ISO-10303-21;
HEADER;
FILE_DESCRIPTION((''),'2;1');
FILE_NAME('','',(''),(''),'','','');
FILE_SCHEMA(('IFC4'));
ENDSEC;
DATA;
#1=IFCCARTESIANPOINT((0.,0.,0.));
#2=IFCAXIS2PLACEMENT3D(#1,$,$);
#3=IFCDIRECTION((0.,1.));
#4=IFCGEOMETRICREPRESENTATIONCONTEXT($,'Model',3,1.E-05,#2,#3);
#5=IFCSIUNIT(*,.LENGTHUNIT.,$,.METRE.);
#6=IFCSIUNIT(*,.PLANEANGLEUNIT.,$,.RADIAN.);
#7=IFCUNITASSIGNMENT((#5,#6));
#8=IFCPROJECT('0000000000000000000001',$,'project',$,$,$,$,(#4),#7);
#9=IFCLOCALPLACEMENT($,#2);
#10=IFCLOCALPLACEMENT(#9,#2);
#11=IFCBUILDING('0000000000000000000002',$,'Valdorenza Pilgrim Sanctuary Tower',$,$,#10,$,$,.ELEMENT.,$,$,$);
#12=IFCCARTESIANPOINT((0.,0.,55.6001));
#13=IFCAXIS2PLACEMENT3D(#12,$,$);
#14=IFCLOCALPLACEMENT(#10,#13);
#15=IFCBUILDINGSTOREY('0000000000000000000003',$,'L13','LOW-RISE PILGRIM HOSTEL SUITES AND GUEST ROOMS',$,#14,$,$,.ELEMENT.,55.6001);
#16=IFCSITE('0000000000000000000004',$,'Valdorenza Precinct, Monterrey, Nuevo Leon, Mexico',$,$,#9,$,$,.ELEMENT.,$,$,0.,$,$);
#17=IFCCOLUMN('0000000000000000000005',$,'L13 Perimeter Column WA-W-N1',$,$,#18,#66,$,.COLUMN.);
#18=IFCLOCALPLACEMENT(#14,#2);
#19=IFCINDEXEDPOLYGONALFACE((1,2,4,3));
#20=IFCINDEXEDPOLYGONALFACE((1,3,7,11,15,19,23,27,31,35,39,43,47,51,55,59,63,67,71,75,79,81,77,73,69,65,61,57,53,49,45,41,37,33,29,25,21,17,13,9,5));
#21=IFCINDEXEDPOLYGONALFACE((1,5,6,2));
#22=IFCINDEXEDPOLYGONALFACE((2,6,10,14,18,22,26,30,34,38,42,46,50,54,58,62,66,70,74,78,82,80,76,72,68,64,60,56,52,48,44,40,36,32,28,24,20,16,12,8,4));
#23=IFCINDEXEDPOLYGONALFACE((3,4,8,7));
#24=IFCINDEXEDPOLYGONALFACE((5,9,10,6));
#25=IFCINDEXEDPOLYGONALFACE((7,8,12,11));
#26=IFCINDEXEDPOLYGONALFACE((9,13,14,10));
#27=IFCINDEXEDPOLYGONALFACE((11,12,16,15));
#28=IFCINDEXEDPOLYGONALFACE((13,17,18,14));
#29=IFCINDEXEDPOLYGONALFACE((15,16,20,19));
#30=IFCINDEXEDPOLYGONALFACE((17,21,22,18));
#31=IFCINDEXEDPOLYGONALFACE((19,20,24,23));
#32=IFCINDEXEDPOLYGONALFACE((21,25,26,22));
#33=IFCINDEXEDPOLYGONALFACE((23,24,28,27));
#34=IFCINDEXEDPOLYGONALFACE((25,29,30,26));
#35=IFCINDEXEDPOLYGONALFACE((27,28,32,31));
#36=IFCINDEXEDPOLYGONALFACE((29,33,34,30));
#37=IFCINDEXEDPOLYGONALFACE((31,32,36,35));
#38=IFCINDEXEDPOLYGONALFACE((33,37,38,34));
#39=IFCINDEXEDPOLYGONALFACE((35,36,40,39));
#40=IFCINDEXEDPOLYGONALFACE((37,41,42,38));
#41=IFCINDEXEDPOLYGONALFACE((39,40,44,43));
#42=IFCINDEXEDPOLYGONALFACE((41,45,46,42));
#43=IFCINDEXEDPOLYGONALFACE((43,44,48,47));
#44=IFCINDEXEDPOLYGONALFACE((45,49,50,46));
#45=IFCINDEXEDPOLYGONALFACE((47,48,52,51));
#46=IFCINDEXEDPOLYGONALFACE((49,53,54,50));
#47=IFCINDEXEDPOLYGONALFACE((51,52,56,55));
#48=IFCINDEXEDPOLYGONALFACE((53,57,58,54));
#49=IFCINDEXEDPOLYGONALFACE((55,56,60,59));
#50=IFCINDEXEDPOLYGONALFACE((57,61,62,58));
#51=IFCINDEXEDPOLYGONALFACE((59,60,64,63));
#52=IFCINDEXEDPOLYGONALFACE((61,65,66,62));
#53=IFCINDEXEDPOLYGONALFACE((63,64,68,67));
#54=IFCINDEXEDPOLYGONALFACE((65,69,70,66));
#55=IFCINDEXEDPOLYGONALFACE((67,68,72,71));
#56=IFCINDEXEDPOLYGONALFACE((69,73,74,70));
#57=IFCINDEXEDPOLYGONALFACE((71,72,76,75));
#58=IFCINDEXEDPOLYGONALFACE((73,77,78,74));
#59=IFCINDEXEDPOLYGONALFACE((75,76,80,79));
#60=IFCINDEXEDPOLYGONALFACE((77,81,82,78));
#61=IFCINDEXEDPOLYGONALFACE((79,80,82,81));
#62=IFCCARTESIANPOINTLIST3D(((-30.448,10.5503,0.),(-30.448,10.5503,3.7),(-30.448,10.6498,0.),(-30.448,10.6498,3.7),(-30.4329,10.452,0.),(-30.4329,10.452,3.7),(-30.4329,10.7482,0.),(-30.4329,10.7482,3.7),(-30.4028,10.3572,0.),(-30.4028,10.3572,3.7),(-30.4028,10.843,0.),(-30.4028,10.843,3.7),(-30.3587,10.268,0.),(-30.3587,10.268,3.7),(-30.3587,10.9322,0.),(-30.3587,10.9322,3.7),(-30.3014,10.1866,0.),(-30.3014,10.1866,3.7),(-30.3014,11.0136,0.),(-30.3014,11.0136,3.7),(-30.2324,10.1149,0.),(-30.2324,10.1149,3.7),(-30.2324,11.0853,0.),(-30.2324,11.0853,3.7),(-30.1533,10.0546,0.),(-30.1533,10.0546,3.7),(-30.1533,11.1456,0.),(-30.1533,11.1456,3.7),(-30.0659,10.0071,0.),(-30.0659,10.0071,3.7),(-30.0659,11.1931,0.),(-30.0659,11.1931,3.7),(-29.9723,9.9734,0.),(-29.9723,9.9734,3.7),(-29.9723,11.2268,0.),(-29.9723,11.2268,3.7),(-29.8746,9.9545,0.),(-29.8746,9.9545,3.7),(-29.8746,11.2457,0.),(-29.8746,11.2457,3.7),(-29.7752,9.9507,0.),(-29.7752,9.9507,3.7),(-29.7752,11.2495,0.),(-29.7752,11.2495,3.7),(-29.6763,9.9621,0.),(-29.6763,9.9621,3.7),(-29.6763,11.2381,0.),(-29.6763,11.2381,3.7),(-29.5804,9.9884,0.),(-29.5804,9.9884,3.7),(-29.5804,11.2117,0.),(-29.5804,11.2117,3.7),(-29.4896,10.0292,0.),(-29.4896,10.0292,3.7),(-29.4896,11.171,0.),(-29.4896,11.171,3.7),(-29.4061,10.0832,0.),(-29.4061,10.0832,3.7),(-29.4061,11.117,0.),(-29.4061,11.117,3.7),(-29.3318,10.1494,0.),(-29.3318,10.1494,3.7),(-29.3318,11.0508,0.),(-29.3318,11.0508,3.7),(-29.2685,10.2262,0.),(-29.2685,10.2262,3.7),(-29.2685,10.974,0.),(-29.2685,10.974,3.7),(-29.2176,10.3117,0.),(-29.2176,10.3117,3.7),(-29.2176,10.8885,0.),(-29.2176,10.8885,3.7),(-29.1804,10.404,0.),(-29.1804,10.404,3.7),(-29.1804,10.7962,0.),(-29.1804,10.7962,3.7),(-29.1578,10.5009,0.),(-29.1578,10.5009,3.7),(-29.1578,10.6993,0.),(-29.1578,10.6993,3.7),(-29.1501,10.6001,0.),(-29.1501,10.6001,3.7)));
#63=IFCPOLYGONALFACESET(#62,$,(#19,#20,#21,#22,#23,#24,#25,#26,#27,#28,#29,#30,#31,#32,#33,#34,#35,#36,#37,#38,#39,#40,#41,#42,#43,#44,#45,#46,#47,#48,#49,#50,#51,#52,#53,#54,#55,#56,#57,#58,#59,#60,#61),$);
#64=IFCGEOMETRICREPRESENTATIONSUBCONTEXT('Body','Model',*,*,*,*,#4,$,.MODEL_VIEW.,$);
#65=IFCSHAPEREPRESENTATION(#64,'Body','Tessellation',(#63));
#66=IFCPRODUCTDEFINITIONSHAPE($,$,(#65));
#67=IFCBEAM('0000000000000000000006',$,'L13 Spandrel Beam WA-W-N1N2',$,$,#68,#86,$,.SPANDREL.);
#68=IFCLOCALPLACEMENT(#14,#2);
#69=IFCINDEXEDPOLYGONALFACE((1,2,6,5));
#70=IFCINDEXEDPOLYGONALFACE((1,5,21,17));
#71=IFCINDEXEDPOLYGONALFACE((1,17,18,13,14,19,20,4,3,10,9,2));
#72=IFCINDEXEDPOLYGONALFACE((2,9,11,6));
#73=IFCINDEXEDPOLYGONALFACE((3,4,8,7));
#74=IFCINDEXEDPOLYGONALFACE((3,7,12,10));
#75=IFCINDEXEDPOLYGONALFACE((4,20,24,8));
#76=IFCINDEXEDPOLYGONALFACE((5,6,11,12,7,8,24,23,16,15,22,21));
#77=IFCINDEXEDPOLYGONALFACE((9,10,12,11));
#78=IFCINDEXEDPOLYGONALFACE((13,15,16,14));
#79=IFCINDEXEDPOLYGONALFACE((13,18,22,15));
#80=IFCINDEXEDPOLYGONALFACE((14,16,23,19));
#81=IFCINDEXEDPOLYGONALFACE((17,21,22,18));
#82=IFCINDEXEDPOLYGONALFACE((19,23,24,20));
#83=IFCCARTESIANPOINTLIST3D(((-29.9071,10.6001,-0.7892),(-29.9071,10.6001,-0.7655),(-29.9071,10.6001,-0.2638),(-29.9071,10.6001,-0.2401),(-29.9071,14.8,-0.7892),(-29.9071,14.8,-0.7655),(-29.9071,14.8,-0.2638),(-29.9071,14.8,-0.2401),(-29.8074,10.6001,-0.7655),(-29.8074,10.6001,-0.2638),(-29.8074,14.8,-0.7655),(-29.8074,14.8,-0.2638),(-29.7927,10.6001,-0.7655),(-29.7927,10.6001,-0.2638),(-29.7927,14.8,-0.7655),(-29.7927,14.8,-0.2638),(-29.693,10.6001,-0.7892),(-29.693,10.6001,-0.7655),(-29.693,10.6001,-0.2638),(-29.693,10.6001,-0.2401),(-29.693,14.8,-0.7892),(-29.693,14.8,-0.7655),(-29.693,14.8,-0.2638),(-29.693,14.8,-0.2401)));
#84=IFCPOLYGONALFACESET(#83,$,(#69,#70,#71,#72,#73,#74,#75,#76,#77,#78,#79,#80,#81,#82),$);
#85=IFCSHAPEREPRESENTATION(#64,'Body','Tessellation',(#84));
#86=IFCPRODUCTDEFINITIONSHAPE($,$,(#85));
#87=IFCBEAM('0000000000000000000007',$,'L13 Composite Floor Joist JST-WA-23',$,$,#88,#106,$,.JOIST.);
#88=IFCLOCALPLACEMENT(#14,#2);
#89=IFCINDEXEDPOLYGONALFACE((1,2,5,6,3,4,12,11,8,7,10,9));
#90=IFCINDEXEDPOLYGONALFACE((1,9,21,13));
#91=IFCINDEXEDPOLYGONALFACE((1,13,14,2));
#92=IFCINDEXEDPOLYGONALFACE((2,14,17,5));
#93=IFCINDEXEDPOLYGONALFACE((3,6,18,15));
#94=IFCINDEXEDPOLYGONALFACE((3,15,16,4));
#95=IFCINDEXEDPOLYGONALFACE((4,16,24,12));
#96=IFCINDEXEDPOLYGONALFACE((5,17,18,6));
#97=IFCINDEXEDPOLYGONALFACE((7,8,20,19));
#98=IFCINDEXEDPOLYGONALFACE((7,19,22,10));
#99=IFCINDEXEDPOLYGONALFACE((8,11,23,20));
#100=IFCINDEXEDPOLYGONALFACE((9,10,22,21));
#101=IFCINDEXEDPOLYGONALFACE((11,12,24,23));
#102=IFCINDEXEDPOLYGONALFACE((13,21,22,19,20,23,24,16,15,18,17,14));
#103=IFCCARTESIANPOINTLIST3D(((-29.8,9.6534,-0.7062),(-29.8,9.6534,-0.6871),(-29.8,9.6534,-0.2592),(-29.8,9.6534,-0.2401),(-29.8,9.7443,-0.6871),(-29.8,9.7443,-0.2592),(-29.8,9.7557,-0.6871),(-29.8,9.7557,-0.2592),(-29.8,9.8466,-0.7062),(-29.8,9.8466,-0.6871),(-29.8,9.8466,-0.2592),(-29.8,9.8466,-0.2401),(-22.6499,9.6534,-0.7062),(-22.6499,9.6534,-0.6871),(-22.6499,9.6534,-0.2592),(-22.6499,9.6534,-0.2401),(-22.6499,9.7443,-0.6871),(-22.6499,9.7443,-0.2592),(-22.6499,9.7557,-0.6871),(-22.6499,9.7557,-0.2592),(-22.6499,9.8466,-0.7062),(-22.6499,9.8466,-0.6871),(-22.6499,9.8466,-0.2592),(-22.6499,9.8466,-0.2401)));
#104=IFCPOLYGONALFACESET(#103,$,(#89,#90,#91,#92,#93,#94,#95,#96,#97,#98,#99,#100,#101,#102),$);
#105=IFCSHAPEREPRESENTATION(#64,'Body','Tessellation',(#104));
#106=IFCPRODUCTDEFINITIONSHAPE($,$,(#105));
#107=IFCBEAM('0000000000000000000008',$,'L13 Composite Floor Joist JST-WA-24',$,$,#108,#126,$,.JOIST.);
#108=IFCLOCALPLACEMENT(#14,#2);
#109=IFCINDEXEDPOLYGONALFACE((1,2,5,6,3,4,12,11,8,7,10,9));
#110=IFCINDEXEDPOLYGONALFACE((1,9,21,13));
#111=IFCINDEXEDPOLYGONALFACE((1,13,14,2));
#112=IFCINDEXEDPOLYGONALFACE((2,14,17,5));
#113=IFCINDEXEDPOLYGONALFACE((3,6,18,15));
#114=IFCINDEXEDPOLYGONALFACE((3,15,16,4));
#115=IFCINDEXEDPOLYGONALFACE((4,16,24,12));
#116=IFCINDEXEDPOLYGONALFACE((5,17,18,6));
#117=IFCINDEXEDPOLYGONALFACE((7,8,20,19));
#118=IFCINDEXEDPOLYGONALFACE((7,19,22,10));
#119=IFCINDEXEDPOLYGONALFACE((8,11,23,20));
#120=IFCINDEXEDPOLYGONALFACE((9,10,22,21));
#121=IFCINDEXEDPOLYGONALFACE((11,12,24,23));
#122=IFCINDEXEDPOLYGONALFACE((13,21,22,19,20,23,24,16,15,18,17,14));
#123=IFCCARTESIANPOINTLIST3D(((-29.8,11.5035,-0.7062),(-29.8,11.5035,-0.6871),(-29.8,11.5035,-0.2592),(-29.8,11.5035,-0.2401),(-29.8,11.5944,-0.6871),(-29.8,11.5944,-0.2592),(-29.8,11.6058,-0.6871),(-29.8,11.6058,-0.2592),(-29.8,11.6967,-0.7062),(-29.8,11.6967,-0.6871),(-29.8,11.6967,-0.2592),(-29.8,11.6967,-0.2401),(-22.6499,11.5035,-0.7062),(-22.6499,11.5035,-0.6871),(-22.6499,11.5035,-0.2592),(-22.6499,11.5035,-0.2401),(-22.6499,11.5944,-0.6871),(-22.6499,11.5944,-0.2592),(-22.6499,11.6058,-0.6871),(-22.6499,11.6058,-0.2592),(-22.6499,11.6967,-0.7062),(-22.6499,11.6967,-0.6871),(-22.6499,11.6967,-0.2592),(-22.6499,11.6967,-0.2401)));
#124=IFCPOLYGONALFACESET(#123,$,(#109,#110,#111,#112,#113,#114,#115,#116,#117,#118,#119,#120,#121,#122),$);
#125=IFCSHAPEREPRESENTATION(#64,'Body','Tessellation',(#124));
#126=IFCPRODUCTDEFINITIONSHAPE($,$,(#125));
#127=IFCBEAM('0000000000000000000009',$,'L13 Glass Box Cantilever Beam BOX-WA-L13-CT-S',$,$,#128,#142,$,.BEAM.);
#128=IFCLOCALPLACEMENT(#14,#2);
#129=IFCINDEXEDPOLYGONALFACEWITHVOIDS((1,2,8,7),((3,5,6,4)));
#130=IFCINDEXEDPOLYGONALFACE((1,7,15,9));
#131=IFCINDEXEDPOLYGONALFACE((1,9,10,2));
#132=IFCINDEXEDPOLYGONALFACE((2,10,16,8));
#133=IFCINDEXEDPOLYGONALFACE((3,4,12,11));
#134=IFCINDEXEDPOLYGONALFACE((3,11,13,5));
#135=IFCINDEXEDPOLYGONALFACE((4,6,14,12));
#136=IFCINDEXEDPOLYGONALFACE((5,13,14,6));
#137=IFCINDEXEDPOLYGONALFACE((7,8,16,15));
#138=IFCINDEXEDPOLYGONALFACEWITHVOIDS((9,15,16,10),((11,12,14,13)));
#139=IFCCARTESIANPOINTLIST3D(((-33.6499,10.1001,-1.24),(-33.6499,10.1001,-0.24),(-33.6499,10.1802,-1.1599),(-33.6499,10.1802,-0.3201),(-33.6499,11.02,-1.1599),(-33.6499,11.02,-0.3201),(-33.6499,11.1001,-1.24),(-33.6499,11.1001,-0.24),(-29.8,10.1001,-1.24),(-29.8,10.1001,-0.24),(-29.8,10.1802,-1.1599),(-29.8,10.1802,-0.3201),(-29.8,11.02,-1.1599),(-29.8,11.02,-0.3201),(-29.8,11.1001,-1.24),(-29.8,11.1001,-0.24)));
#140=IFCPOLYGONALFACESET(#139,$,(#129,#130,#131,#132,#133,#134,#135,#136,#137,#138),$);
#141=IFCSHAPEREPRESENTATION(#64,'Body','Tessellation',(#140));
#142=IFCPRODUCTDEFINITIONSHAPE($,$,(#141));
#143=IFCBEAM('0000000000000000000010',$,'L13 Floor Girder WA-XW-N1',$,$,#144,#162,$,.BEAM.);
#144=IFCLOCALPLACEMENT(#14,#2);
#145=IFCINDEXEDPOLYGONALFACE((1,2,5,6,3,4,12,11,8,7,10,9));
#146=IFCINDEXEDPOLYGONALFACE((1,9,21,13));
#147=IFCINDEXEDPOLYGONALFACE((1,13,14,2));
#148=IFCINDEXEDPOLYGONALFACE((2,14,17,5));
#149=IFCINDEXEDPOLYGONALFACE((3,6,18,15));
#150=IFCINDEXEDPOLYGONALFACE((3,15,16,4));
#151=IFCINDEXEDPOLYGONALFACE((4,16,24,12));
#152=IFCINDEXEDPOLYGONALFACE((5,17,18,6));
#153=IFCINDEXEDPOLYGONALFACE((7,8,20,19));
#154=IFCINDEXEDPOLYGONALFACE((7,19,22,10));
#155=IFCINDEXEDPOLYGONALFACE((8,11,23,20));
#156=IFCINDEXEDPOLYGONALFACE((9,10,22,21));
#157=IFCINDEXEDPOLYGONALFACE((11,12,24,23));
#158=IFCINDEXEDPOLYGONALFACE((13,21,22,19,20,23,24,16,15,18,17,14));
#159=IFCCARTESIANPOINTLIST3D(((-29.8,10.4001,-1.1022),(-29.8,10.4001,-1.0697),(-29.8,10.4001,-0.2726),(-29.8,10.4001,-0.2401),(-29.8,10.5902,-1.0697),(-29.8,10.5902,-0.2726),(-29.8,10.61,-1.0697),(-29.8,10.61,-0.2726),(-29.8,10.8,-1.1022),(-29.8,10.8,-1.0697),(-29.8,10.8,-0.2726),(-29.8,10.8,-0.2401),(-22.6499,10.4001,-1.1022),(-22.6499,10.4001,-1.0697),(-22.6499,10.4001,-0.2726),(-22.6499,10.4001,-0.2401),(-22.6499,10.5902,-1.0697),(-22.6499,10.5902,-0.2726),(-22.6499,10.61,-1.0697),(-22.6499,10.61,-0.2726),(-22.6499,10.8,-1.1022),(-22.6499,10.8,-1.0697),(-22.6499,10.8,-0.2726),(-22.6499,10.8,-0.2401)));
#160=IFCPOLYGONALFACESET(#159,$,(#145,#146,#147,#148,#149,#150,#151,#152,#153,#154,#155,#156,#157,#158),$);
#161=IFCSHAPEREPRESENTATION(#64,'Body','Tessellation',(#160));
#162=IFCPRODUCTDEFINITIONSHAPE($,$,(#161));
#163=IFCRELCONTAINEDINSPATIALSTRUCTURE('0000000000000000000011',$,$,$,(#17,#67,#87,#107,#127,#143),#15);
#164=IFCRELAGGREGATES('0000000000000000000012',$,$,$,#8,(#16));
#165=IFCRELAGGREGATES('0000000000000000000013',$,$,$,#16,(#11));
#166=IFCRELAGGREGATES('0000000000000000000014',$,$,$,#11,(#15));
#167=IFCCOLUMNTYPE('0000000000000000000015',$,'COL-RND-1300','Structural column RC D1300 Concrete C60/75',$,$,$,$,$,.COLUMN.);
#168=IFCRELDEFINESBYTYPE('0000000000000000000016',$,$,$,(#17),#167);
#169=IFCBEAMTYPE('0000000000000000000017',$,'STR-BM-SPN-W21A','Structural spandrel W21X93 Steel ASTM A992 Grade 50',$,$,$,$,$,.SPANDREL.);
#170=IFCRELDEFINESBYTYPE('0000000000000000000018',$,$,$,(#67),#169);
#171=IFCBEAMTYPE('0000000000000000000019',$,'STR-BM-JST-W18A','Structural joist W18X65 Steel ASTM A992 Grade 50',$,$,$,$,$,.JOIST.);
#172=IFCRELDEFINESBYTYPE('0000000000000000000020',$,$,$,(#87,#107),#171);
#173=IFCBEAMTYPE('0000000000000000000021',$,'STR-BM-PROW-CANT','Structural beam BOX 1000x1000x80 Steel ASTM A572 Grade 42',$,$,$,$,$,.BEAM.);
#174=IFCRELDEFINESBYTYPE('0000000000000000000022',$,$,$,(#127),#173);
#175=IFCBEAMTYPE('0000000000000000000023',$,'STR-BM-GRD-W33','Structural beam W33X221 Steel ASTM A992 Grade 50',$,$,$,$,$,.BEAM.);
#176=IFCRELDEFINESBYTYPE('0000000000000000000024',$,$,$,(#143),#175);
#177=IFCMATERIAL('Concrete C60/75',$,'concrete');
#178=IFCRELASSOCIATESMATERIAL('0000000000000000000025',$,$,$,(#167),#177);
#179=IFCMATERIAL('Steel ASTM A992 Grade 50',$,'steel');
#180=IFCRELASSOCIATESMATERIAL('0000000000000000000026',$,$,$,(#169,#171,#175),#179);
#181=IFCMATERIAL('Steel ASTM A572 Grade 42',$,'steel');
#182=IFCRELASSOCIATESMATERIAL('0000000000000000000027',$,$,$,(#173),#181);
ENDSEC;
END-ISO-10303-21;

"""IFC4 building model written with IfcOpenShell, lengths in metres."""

from ifc_helpers import new_model, si_unit, direction, frame, origin, origin_2d, place, context, subcontext, project, spatial, hollow_rectangle, circle, i_section, extrude, source, transform, mapped, material, material_profile, profile_set, type_object, element, save


model = new_model("IFC4")

# Units and contexts
model_context = context("Model", 3, precision=1e-05, world=origin(), true_north=direction((0.0, 1.0)))
body_context = subcontext(model_context, "Body", "Model", "MODEL_VIEW")
ifc_project = project(units=[si_unit("LENGTHUNIT", "METRE"), si_unit("PLANEANGLEUNIT", "RADIAN")], contexts=[model_context])

# Site, building, storey
site_placement = place(None, origin())
site = spatial("IfcSite", under=ifc_project, at=site_placement, Name="Valdorenza Precinct, Monterrey, Nuevo Leon, Mexico", CompositionType="ELEMENT", RefElevation=0.0)
building_placement = place(site_placement, origin())
building = spatial("IfcBuilding", under=site, at=building_placement, Name="Valdorenza Pilgrim Sanctuary Tower", CompositionType="ELEMENT")
storey_placement = place(building_placement, frame((0.0, 0.0, 55.6001)))
storey = spatial("IfcBuildingStorey", under=building, at=storey_placement, Name="L13", Description="LOW-RISE PILGRIM HOSTEL SUITES AND GUEST ROOMS", CompositionType="ELEMENT", Elevation=55.6001)

# Column
ifc_material_1 = material(Name="Concrete C60/75", Category="concrete")
ifc_material_profile_1 = material_profile(ifc_material_1, circle(Radius=0.6499, at=origin_2d()), Name="RC D1300")
ifc_profile_set_1 = profile_set([ifc_material_profile_1], Name="Concrete C60/75")
column_type = type_object("IfcColumnType", Name="COL-RND-1300", Description="Structural column RC D1300 Concrete C60/75", PredefinedType="COLUMN", material=ifc_profile_set_1)
shared_shape_1 = source(origin(), body_context, "Body", "SweptSolid", [
    extrude(circle(Radius=0.6499, at=origin_2d()), origin(), (0.0, 0.0, 1.0), 3.7),
])
column_placement = place(storey_placement, frame((-29.8, 10.6001, 0.0), z_axis=(0.0, 0.0, 1.0), x_axis=(1.0, 0.0, 0.0)))
element("IfcColumn", 1, at=column_placement, inside=storey, type_object=column_type, Name="L13 Perimeter Column WA-W-N1", PredefinedType="COLUMN", context=body_context, shape_type="MappedRepresentation", body=[
    mapped(shared_shape_1, transform((0.0, 0.0, 0.0), x_axis=(1.0, 0.0, 0.0), y_axis=(0.0, 1.0, 0.0), z_axis=(0.0, 0.0, 1.0), scale=1.0)),
])

# Beams
ifc_material_2 = material(Name="Steel ASTM A992 Grade 50", Category="steel")
ifc_material_profile_2 = material_profile(ifc_material_2, i_section(OverallWidth=0.2141, OverallDepth=0.5491, WebThickness=0.0146, FlangeThickness=0.0237, at=origin_2d()), Name="W21X93")
ifc_profile_set_2 = profile_set([ifc_material_profile_2], Name="Steel ASTM A992 Grade 50")
beam_type_1 = type_object("IfcBeamType", Name="STR-BM-SPN-W21A", Description="Structural spandrel W21X93 Steel ASTM A992 Grade 50", PredefinedType="SPANDREL", material=ifc_profile_set_2)
shared_shape_2 = source(origin(), body_context, "Body", "SweptSolid", [
    extrude(i_section(OverallWidth=0.2141, OverallDepth=0.5491, WebThickness=0.0146, FlangeThickness=0.0237, at=origin_2d()), origin(), (0.0, 0.0, 1.0), 4.2),
])
beam_1_placement = place(storey_placement, frame((-29.8, 10.6001, -0.5146), z_axis=(0.0, 1.0, 0.0), x_axis=(-1.0, 0.0, 0.0)))
element("IfcBeam", 2, at=beam_1_placement, inside=storey, type_object=beam_type_1, Name="L13 Spandrel Beam WA-W-N1N2", PredefinedType="SPANDREL", context=body_context, shape_type="MappedRepresentation", body=[
    mapped(shared_shape_2, transform((0.0, 0.0, 0.0), x_axis=(1.0, 0.0, 0.0), y_axis=(0.0, 1.0, 0.0), z_axis=(0.0, 0.0, 1.0), scale=1.0)),
])
ifc_material_profile_3 = material_profile(ifc_material_2, i_section(OverallWidth=0.1931, OverallDepth=0.4661, WebThickness=0.0115, FlangeThickness=0.019, at=origin_2d()), Name="W18X65")
ifc_profile_set_3 = profile_set([ifc_material_profile_3], Name="Steel ASTM A992 Grade 50")
beam_type_2 = type_object("IfcBeamType", Name="STR-BM-JST-W18A", Description="Structural joist W18X65 Steel ASTM A992 Grade 50", PredefinedType="JOIST", material=ifc_profile_set_3)
shared_shape_3 = source(origin(), body_context, "Body", "SweptSolid", [
    extrude(i_section(OverallWidth=0.1931, OverallDepth=0.4661, WebThickness=0.0115, FlangeThickness=0.019, at=origin_2d()), origin(), (0.0, 0.0, 1.0), 7.1501),
])
for number, where, z_axis, x_axis, name in (
    (3, (-29.8, 9.75, -0.4731), (1.0, 0.0, 0.0), (0.0, 1.0, 0.0), "L13 Composite Floor Joist JST-WA-23"),
    (4, (-29.8, 11.6001, -0.4731), (1.0, 0.0, 0.0), (0.0, 1.0, 0.0), "L13 Composite Floor Joist JST-WA-24"),
):
    element("IfcBeam", number, at=place(storey_placement, frame(where, z_axis=z_axis, x_axis=x_axis)), inside=storey, type_object=beam_type_2, Name=name, PredefinedType="JOIST", context=body_context, shape_type="MappedRepresentation", body=[
        mapped(shared_shape_3, transform((0.0, 0.0, 0.0), x_axis=(1.0, 0.0, 0.0), y_axis=(0.0, 1.0, 0.0), z_axis=(0.0, 0.0, 1.0), scale=1.0)),
    ])
ifc_material_3 = material(Name="Steel ASTM A572 Grade 42", Category="steel")
ifc_material_profile_4 = material_profile(ifc_material_3, hollow_rectangle(XDim=1.0, YDim=1.0, WallThickness=0.0801, at=origin_2d()), Name="BOX 1000x1000x80")
ifc_profile_set_4 = profile_set([ifc_material_profile_4], Name="Steel ASTM A572 Grade 42")
beam_type_3 = type_object("IfcBeamType", Name="STR-BM-PROW-CANT", Description="Structural beam BOX 1000x1000x80 Steel ASTM A572 Grade 42", PredefinedType="BEAM", material=ifc_profile_set_4)
shared_shape_4 = source(origin(), body_context, "Body", "SweptSolid", [
    extrude(hollow_rectangle(XDim=1.0, YDim=1.0, WallThickness=0.0801, at=origin_2d()), origin(), (0.0, 0.0, 1.0), 3.8499),
])
beam_2_placement = place(storey_placement, frame((-29.8, 10.6001, -0.74), z_axis=(-1.0, 0.0, 0.0), x_axis=(0.0, -1.0, 0.0)))
element("IfcBeam", 5, at=beam_2_placement, inside=storey, type_object=beam_type_3, Name="L13 Glass Box Cantilever Beam BOX-WA-L13-CT-S", PredefinedType="BEAM", context=body_context, shape_type="MappedRepresentation", body=[
    mapped(shared_shape_4, transform((0.0, 0.0, 0.0), x_axis=(1.0, 0.0, 0.0), y_axis=(0.0, 1.0, 0.0), z_axis=(0.0, 0.0, 1.0), scale=1.0)),
])
ifc_material_profile_5 = material_profile(ifc_material_2, i_section(OverallWidth=0.3999, OverallDepth=0.8621, WebThickness=0.0198, FlangeThickness=0.0325, at=origin_2d()), Name="W33X221")
ifc_profile_set_5 = profile_set([ifc_material_profile_5], Name="Steel ASTM A992 Grade 50")
beam_type_4 = type_object("IfcBeamType", Name="STR-BM-GRD-W33", Description="Structural beam W33X221 Steel ASTM A992 Grade 50", PredefinedType="BEAM", material=ifc_profile_set_5)
shared_shape_5 = source(origin(), body_context, "Body", "SweptSolid", [
    extrude(i_section(OverallWidth=0.3999, OverallDepth=0.8621, WebThickness=0.0198, FlangeThickness=0.0325, at=origin_2d()), origin(), (0.0, 0.0, 1.0), 7.1501),
])
beam_3_placement = place(storey_placement, frame((-29.8, 10.6001, -0.6711), z_axis=(1.0, 0.0, 0.0), x_axis=(0.0, 1.0, 0.0)))
element("IfcBeam", 6, at=beam_3_placement, inside=storey, type_object=beam_type_4, Name="L13 Floor Girder WA-XW-N1", PredefinedType="BEAM", context=body_context, shape_type="MappedRepresentation", body=[
    mapped(shared_shape_5, transform((0.0, 0.0, 0.0), x_axis=(1.0, 0.0, 0.0), y_axis=(0.0, 1.0, 0.0), z_axis=(0.0, 0.0, 1.0), scale=1.0)),
])

save(model, "model.ifc")
